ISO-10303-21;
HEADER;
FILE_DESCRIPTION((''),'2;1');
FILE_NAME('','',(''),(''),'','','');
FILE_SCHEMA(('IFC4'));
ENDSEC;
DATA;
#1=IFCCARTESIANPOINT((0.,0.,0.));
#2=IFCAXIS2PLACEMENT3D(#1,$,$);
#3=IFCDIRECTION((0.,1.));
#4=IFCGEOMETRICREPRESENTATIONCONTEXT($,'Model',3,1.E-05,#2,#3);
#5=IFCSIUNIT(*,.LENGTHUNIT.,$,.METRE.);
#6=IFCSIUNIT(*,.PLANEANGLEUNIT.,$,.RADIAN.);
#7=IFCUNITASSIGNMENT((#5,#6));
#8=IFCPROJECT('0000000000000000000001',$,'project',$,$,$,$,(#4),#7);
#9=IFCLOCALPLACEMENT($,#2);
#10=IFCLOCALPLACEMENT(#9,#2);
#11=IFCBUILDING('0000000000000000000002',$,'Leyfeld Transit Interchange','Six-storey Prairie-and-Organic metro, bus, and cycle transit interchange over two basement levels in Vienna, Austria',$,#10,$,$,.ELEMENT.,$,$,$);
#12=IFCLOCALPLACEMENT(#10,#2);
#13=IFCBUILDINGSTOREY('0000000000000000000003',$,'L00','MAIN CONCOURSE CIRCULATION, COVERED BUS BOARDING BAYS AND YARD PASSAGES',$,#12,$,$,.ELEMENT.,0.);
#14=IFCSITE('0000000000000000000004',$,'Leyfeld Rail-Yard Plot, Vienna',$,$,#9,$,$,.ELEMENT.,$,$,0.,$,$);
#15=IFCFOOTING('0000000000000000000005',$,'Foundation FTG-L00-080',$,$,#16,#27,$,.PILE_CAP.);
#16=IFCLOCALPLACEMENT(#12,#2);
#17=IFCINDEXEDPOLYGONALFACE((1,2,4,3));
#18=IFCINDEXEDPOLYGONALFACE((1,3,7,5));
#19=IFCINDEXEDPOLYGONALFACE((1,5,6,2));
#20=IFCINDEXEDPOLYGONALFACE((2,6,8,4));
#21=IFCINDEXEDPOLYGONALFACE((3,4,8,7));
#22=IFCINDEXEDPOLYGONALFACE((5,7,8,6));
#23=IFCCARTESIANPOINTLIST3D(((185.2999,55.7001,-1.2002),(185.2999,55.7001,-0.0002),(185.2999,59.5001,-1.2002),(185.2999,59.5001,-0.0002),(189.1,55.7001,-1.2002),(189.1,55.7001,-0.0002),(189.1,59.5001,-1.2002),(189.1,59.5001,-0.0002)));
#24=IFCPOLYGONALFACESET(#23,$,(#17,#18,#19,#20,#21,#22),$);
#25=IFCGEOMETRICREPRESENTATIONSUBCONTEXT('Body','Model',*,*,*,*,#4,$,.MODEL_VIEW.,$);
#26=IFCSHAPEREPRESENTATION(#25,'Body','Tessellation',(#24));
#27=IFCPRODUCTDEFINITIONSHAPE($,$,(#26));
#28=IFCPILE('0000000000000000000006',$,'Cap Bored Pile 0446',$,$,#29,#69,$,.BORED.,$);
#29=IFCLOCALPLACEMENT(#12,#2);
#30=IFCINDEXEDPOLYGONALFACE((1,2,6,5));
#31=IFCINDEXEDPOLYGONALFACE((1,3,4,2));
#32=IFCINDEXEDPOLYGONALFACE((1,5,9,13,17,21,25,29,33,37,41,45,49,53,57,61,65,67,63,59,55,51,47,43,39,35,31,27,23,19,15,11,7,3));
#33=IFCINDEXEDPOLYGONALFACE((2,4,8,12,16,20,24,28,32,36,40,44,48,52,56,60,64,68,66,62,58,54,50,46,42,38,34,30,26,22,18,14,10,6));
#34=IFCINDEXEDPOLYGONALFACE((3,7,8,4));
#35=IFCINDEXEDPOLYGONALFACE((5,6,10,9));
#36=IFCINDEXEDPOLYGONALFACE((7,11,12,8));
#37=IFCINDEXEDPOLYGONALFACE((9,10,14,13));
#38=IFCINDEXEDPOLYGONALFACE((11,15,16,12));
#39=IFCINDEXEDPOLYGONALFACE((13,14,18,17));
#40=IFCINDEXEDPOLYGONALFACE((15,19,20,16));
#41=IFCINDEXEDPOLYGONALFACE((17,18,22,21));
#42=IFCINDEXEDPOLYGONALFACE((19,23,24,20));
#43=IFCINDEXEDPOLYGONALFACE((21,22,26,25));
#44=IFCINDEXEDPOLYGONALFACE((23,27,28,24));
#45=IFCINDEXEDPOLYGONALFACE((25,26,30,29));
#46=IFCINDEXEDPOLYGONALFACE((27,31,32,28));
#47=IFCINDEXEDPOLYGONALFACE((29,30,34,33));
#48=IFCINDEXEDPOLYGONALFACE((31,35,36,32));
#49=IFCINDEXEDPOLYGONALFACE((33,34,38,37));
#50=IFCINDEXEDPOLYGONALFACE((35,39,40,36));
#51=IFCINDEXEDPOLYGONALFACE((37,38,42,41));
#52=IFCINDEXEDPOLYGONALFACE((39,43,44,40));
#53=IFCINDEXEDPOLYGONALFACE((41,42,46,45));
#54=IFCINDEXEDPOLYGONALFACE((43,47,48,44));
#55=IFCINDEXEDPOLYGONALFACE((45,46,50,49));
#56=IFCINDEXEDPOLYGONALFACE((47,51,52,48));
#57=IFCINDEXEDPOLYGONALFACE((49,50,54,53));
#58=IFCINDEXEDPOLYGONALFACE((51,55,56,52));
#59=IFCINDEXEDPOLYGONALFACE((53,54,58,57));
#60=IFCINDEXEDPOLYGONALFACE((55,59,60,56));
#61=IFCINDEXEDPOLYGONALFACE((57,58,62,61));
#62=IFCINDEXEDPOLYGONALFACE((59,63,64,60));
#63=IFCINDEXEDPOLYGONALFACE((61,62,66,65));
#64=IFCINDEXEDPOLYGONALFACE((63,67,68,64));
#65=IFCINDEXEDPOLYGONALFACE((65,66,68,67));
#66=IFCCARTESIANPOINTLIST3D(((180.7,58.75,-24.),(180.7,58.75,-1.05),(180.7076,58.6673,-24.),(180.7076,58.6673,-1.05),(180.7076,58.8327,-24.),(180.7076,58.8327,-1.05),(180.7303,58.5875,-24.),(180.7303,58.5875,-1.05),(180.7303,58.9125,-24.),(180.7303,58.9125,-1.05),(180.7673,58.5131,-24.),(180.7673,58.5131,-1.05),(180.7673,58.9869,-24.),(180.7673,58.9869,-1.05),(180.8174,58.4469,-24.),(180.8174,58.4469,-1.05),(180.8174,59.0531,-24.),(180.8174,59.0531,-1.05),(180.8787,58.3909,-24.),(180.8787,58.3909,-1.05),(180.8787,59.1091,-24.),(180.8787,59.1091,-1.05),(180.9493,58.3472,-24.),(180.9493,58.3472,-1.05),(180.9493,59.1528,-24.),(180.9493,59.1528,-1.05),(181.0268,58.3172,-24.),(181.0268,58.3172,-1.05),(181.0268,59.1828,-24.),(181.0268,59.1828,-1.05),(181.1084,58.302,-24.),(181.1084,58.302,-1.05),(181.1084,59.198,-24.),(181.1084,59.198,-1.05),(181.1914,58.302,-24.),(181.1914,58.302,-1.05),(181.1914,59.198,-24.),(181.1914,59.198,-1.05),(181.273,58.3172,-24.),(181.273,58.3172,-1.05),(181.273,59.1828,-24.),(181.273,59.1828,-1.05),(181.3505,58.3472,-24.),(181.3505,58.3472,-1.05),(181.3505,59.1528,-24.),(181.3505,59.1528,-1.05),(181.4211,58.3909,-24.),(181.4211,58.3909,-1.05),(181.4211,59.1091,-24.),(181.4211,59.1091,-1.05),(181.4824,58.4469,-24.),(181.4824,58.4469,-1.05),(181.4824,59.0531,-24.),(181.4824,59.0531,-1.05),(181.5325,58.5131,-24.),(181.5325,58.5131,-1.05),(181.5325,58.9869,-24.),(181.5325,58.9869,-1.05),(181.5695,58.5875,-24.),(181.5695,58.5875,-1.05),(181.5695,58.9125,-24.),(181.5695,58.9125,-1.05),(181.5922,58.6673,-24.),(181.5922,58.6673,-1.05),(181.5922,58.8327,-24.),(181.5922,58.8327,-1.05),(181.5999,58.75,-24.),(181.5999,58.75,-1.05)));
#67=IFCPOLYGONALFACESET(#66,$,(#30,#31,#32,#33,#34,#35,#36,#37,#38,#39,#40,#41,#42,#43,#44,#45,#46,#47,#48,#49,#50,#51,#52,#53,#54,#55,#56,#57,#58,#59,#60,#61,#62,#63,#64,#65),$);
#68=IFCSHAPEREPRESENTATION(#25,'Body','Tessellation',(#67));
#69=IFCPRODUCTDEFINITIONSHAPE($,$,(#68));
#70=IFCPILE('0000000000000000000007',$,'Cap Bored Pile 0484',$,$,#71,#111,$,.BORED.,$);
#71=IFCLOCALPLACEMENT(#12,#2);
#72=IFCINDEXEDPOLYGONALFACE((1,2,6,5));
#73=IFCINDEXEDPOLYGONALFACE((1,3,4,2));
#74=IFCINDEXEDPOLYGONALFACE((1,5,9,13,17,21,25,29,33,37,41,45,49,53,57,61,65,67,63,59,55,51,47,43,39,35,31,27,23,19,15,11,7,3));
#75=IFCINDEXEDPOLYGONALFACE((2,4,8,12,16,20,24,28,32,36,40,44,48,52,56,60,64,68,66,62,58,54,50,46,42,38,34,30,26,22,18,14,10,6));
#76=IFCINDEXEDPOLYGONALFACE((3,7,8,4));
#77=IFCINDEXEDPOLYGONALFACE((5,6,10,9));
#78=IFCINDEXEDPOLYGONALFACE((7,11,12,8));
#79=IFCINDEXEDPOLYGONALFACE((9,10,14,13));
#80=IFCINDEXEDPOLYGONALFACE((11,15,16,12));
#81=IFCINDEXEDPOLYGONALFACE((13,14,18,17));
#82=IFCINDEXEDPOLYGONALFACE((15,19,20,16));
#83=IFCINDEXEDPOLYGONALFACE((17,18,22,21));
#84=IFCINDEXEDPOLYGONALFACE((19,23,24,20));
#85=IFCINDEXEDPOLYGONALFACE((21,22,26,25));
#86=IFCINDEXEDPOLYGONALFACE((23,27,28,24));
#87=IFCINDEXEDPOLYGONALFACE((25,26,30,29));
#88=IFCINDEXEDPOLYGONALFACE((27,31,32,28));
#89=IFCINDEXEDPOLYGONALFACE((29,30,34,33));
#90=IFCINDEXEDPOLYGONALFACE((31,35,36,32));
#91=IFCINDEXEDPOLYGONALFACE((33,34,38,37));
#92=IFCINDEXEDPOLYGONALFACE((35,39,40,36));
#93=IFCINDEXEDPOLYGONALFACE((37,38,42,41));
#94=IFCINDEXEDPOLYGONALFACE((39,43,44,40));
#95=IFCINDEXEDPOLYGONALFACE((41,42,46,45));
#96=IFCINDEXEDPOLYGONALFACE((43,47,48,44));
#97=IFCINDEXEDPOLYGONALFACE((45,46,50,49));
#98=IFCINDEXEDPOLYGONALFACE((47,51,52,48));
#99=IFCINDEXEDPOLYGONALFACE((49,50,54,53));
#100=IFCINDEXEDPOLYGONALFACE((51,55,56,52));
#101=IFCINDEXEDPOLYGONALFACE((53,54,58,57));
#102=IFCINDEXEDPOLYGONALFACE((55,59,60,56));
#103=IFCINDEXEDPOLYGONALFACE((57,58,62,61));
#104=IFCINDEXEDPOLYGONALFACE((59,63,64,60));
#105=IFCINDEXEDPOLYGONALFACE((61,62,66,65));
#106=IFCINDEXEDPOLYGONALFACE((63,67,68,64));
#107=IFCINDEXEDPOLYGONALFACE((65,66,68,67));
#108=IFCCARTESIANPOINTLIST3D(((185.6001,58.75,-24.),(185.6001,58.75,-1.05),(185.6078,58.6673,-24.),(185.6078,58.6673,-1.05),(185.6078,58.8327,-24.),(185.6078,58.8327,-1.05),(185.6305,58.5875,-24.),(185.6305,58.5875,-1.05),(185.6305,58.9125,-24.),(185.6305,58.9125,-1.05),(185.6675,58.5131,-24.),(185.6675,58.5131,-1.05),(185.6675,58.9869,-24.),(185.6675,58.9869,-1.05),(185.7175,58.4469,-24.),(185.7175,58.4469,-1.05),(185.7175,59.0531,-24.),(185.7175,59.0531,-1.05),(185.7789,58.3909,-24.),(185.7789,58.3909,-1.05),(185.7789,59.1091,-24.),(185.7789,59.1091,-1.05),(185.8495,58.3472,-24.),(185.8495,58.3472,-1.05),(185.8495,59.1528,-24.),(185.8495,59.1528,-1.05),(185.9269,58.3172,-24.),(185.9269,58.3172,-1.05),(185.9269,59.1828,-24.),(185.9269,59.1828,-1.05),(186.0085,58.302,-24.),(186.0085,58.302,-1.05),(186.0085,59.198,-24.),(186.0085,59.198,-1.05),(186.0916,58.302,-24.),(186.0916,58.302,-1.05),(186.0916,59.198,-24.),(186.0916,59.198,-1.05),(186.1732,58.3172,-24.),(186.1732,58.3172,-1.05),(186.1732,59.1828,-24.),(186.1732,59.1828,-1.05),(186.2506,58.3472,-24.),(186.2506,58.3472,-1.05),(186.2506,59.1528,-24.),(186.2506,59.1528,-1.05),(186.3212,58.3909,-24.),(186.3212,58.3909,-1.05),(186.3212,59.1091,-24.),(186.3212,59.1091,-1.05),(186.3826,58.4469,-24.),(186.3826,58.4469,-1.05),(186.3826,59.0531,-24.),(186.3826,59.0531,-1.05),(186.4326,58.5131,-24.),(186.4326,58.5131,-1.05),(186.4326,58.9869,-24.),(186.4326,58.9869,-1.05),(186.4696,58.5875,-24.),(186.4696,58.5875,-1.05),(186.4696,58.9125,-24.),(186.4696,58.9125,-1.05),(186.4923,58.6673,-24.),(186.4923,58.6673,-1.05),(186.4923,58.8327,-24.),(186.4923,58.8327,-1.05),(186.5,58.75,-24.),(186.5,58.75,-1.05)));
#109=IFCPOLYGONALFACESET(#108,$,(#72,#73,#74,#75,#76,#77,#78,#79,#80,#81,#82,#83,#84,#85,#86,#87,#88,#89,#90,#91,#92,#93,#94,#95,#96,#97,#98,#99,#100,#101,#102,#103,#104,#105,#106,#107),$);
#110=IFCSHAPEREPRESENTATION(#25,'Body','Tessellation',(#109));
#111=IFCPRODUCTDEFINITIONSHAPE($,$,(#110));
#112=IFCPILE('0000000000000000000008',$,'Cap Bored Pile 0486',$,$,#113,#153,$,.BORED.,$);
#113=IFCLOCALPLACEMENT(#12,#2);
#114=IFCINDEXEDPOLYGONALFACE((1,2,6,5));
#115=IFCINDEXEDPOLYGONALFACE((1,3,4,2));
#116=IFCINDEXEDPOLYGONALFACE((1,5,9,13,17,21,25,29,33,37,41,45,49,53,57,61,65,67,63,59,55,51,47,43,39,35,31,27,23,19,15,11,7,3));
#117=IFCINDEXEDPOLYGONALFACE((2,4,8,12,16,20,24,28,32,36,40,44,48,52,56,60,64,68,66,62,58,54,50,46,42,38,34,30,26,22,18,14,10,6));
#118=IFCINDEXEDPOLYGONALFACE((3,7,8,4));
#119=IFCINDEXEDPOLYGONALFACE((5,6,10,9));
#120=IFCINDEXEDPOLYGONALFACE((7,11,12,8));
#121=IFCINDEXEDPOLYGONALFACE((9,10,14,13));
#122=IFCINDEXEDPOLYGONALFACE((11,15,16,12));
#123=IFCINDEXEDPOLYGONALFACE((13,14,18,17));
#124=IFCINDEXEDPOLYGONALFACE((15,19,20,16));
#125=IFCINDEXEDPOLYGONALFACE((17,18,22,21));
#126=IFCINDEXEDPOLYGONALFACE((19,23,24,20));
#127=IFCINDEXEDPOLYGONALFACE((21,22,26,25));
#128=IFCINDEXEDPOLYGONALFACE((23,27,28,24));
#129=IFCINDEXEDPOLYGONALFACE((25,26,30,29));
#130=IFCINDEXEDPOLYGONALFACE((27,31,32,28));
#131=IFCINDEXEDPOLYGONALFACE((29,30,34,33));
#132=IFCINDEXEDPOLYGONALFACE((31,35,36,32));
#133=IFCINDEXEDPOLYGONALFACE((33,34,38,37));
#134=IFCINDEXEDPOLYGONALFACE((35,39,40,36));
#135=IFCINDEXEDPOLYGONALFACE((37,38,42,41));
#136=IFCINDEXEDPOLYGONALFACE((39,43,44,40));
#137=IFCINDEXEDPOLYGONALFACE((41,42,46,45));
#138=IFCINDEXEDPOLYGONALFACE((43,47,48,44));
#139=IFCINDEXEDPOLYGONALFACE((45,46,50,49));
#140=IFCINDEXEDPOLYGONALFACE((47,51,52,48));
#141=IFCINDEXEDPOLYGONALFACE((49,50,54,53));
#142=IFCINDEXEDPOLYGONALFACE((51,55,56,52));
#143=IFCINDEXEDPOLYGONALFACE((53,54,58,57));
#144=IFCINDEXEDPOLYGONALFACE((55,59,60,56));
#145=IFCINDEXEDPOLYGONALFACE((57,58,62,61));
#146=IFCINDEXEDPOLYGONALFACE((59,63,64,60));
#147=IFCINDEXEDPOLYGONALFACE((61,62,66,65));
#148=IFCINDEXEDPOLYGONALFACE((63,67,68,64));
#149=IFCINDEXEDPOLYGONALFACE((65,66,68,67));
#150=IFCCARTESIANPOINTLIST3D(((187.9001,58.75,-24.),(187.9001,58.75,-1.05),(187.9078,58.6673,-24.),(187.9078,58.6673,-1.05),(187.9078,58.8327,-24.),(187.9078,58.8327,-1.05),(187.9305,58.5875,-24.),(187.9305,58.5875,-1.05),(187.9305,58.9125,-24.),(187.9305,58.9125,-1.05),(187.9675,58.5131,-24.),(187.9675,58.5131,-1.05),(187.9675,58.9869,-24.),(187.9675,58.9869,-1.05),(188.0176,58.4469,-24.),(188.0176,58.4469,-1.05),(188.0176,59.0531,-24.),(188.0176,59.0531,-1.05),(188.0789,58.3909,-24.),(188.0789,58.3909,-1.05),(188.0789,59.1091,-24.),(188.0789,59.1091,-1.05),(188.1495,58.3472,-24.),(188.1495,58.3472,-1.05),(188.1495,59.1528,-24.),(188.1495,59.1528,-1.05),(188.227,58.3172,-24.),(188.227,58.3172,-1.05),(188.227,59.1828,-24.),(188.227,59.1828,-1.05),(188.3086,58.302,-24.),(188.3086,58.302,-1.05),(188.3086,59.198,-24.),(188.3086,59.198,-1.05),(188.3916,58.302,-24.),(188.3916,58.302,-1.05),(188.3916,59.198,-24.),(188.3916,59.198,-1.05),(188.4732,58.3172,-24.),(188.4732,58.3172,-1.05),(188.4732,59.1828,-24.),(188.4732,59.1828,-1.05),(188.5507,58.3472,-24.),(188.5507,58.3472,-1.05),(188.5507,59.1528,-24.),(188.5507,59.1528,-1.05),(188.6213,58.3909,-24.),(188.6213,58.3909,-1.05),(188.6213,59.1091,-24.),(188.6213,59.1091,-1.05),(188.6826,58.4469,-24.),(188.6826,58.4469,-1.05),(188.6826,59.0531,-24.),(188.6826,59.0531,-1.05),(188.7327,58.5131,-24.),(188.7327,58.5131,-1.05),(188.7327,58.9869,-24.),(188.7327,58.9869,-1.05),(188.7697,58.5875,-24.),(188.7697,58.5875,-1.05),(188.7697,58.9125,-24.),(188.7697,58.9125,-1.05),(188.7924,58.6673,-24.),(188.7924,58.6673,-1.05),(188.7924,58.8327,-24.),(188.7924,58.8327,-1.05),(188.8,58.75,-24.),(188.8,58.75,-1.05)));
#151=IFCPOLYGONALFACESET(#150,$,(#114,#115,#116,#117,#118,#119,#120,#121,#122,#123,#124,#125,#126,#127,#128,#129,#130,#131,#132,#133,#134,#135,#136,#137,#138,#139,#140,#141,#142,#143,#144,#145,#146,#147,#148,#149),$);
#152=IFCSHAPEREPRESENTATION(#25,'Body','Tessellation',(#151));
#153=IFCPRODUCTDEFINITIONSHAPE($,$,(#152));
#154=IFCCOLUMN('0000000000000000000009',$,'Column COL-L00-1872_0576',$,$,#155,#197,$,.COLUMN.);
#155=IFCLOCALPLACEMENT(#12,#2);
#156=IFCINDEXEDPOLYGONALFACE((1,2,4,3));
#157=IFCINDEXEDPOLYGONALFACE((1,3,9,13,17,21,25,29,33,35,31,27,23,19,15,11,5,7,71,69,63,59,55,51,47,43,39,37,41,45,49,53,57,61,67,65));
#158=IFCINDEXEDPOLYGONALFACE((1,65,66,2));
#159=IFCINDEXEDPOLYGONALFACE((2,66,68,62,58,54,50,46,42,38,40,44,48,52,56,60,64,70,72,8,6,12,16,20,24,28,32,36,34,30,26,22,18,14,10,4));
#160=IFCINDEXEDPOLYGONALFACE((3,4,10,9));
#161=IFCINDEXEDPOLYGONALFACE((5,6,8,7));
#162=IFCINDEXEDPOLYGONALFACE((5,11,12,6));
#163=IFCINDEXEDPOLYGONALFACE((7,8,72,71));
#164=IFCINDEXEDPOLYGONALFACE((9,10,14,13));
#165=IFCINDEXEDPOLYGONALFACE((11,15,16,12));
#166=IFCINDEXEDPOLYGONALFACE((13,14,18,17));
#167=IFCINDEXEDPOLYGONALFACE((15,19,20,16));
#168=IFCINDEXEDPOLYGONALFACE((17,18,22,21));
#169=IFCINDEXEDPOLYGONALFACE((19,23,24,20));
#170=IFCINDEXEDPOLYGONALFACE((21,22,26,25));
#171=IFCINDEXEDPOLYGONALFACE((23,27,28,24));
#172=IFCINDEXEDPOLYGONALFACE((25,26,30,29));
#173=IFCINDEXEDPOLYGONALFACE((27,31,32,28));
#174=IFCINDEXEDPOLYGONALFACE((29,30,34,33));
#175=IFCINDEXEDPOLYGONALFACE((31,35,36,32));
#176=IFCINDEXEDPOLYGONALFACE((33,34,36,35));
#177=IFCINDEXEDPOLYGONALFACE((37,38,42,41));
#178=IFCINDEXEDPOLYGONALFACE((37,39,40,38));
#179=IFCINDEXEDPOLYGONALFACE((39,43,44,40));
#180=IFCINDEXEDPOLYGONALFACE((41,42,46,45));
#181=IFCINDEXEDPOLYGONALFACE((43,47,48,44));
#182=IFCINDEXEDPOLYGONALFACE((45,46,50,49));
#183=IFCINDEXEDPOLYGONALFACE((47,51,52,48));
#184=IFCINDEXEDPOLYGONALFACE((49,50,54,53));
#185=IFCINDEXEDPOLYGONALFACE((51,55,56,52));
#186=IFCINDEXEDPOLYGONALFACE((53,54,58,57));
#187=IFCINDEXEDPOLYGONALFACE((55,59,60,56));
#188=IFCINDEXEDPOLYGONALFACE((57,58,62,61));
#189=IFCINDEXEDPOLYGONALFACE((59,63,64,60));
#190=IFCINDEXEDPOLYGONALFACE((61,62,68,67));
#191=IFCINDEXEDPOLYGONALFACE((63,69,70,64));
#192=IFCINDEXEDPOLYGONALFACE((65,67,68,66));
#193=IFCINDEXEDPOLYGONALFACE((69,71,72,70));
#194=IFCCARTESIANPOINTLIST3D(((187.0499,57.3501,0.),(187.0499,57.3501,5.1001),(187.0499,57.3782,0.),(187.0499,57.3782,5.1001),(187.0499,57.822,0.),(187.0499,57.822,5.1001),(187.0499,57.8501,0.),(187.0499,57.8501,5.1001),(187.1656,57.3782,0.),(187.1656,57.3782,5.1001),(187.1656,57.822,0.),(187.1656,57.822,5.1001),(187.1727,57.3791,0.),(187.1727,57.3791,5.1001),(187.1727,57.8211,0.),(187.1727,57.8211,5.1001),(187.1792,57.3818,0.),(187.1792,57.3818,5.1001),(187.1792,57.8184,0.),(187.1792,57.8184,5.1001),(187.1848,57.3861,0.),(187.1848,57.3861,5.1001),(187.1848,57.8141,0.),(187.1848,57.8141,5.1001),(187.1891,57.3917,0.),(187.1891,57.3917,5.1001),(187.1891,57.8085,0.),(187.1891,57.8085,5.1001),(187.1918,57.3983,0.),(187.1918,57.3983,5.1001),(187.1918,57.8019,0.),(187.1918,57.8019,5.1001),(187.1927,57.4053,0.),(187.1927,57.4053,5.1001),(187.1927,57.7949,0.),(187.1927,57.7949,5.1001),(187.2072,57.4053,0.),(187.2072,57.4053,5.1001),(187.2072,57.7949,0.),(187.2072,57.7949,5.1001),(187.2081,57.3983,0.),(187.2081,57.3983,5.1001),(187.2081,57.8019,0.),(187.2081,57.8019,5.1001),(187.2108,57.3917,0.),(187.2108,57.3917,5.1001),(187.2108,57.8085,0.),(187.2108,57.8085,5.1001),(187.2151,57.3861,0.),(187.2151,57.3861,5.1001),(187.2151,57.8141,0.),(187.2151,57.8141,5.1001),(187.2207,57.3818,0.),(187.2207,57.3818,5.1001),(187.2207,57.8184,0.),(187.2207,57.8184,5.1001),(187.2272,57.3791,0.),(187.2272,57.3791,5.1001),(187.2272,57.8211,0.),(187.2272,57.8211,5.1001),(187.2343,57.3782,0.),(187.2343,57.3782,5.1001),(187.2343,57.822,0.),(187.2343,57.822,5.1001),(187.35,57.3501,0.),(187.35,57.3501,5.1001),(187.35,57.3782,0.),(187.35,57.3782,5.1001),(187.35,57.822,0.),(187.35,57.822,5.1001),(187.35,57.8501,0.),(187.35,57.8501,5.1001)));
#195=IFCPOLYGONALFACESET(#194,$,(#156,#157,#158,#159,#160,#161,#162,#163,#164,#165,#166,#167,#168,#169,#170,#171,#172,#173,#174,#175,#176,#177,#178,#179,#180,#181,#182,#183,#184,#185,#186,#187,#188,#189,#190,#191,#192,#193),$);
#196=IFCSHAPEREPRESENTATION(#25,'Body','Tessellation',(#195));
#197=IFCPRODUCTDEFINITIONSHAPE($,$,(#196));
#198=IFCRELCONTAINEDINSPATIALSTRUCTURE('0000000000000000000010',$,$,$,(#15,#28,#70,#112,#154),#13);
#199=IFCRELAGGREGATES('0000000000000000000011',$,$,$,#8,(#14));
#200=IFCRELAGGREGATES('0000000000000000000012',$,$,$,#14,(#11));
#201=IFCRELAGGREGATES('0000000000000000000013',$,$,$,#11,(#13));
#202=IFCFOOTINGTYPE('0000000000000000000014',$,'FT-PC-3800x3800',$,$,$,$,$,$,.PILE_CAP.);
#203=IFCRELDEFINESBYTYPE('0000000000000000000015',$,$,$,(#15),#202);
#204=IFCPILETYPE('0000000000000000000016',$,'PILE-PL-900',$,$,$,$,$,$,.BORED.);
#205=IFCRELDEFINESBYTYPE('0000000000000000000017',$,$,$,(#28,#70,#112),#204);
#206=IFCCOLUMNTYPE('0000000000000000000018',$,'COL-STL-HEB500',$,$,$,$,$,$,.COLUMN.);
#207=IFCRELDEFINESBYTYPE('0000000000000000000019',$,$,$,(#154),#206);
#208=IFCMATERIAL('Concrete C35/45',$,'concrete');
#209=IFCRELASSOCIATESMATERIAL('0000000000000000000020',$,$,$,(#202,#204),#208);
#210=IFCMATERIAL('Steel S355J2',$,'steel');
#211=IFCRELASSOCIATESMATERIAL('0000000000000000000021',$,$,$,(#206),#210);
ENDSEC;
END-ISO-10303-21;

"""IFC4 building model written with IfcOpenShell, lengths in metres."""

from ifc_helpers import new_model, si_unit, direction, frame, origin, origin_2d, place, context, subcontext, project, spatial, rectangle, circle, i_section, extrude, material, material_profile, profile_set, type_object, element, save


model = new_model("IFC4")

# Units and contexts
model_context = context("Model", 3, precision=1e-05, world=origin(), true_north=direction((0.0, 1.0)))
body_context = subcontext(model_context, "Body", "Model", "MODEL_VIEW")
ifc_project = project(units=[si_unit("LENGTHUNIT", "METRE"), si_unit("PLANEANGLEUNIT", "RADIAN")], contexts=[model_context])

# Site, building, storey
site_placement = place(None, origin())
site = spatial("IfcSite", under=ifc_project, at=site_placement, Name="Leyfeld Rail-Yard Plot, Vienna", CompositionType="ELEMENT", RefElevation=0.0)
building_placement = place(site_placement, origin())
building = spatial("IfcBuilding", under=site, at=building_placement, Name="Leyfeld Transit Interchange", Description="Six-storey Prairie-and-Organic metro, bus, and cycle transit interchange over two basement levels in Vienna, Austria", CompositionType="ELEMENT")
storey_placement = place(building_placement, origin())
storey = spatial("IfcBuildingStorey", under=building, at=storey_placement, Name="L00", Description="MAIN CONCOURSE CIRCULATION, COVERED BUS BOARDING BAYS AND YARD PASSAGES", CompositionType="ELEMENT", Elevation=0.0)

# Footing
ifc_material_1 = material(Name="Concrete C35/45", Category="concrete")
footing_type = type_object("IfcFootingType", Name="FT-PC-3800x3800", PredefinedType="PILE_CAP", material=ifc_material_1)
footing_placement = place(storey_placement, frame((187.2, 57.6001, -1.2002), z_axis=(0.0, 0.0, 1.0), x_axis=(1.0, 0.0, 0.0)))
element("IfcFooting", 1, at=footing_placement, inside=storey, type_object=footing_type, Name="Foundation FTG-L00-080", PredefinedType="PILE_CAP", context=body_context, shape_type="SweptSolid", body=[
    extrude(rectangle(XDim=3.8, YDim=3.8, at=origin_2d()), origin(), (0.0, 0.0, 1.0), 1.2),
])

# Piles
ifc_material_profile_1 = material_profile(ifc_material_1, circle(Radius=0.45, at=origin_2d()), Name="PILE D900")
ifc_profile_set_1 = profile_set([ifc_material_profile_1], Name="Concrete C35/45")
pile_type = type_object("IfcPileType", Name="PILE-PL-900", PredefinedType="BORED", material=ifc_profile_set_1)
for number, where, z_axis, x_axis, name in (
    (2, (181.1499, 58.75, -1.05), (0.0, 0.0, -1.0), (1.0, 0.0, 0.0), "Cap Bored Pile 0446"),
    (3, (186.05, 58.75, -1.05), (0.0, 0.0, -1.0), (1.0, 0.0, 0.0), "Cap Bored Pile 0484"),
    (4, (188.3501, 58.75, -1.05), (0.0, 0.0, -1.0), (1.0, 0.0, 0.0), "Cap Bored Pile 0486"),
):
    element("IfcPile", number, at=place(storey_placement, frame(where, z_axis=z_axis, x_axis=x_axis)), inside=storey, type_object=pile_type, Name=name, PredefinedType="BORED", context=body_context, shape_type="SweptSolid", body=[
        extrude(circle(Radius=0.45, at=origin_2d()), origin(), (0.0, 0.0, 1.0), 22.95),
    ])

# Column
ifc_material_2 = material(Name="Steel S355J2", Category="steel")
ifc_material_profile_2 = material_profile(ifc_material_2, i_section(OverallWidth=0.3, OverallDepth=0.5, WebThickness=0.0144, FlangeThickness=0.0281, FilletRadius=0.0271, at=origin_2d()), Name="HEB 500")
ifc_profile_set_2 = profile_set([ifc_material_profile_2], Name="Steel S355J2")
column_type = type_object("IfcColumnType", Name="COL-STL-HEB500", PredefinedType="COLUMN", material=ifc_profile_set_2)
column_placement = place(storey_placement, frame((187.2, 57.6001, 0.0), z_axis=(0.0, 0.0, 1.0), x_axis=(1.0, 0.0, 0.0)))
element("IfcColumn", 5, at=column_placement, inside=storey, type_object=column_type, Name="Column COL-L00-1872_0576", PredefinedType="COLUMN", context=body_context, shape_type="SweptSolid", body=[
    extrude(i_section(OverallWidth=0.3, OverallDepth=0.5, WebThickness=0.0144, FlangeThickness=0.0281, FilletRadius=0.0271, at=origin_2d()), origin(), (0.0, 0.0, 1.0), 5.1001),
])

save(model, "model.ifc")
